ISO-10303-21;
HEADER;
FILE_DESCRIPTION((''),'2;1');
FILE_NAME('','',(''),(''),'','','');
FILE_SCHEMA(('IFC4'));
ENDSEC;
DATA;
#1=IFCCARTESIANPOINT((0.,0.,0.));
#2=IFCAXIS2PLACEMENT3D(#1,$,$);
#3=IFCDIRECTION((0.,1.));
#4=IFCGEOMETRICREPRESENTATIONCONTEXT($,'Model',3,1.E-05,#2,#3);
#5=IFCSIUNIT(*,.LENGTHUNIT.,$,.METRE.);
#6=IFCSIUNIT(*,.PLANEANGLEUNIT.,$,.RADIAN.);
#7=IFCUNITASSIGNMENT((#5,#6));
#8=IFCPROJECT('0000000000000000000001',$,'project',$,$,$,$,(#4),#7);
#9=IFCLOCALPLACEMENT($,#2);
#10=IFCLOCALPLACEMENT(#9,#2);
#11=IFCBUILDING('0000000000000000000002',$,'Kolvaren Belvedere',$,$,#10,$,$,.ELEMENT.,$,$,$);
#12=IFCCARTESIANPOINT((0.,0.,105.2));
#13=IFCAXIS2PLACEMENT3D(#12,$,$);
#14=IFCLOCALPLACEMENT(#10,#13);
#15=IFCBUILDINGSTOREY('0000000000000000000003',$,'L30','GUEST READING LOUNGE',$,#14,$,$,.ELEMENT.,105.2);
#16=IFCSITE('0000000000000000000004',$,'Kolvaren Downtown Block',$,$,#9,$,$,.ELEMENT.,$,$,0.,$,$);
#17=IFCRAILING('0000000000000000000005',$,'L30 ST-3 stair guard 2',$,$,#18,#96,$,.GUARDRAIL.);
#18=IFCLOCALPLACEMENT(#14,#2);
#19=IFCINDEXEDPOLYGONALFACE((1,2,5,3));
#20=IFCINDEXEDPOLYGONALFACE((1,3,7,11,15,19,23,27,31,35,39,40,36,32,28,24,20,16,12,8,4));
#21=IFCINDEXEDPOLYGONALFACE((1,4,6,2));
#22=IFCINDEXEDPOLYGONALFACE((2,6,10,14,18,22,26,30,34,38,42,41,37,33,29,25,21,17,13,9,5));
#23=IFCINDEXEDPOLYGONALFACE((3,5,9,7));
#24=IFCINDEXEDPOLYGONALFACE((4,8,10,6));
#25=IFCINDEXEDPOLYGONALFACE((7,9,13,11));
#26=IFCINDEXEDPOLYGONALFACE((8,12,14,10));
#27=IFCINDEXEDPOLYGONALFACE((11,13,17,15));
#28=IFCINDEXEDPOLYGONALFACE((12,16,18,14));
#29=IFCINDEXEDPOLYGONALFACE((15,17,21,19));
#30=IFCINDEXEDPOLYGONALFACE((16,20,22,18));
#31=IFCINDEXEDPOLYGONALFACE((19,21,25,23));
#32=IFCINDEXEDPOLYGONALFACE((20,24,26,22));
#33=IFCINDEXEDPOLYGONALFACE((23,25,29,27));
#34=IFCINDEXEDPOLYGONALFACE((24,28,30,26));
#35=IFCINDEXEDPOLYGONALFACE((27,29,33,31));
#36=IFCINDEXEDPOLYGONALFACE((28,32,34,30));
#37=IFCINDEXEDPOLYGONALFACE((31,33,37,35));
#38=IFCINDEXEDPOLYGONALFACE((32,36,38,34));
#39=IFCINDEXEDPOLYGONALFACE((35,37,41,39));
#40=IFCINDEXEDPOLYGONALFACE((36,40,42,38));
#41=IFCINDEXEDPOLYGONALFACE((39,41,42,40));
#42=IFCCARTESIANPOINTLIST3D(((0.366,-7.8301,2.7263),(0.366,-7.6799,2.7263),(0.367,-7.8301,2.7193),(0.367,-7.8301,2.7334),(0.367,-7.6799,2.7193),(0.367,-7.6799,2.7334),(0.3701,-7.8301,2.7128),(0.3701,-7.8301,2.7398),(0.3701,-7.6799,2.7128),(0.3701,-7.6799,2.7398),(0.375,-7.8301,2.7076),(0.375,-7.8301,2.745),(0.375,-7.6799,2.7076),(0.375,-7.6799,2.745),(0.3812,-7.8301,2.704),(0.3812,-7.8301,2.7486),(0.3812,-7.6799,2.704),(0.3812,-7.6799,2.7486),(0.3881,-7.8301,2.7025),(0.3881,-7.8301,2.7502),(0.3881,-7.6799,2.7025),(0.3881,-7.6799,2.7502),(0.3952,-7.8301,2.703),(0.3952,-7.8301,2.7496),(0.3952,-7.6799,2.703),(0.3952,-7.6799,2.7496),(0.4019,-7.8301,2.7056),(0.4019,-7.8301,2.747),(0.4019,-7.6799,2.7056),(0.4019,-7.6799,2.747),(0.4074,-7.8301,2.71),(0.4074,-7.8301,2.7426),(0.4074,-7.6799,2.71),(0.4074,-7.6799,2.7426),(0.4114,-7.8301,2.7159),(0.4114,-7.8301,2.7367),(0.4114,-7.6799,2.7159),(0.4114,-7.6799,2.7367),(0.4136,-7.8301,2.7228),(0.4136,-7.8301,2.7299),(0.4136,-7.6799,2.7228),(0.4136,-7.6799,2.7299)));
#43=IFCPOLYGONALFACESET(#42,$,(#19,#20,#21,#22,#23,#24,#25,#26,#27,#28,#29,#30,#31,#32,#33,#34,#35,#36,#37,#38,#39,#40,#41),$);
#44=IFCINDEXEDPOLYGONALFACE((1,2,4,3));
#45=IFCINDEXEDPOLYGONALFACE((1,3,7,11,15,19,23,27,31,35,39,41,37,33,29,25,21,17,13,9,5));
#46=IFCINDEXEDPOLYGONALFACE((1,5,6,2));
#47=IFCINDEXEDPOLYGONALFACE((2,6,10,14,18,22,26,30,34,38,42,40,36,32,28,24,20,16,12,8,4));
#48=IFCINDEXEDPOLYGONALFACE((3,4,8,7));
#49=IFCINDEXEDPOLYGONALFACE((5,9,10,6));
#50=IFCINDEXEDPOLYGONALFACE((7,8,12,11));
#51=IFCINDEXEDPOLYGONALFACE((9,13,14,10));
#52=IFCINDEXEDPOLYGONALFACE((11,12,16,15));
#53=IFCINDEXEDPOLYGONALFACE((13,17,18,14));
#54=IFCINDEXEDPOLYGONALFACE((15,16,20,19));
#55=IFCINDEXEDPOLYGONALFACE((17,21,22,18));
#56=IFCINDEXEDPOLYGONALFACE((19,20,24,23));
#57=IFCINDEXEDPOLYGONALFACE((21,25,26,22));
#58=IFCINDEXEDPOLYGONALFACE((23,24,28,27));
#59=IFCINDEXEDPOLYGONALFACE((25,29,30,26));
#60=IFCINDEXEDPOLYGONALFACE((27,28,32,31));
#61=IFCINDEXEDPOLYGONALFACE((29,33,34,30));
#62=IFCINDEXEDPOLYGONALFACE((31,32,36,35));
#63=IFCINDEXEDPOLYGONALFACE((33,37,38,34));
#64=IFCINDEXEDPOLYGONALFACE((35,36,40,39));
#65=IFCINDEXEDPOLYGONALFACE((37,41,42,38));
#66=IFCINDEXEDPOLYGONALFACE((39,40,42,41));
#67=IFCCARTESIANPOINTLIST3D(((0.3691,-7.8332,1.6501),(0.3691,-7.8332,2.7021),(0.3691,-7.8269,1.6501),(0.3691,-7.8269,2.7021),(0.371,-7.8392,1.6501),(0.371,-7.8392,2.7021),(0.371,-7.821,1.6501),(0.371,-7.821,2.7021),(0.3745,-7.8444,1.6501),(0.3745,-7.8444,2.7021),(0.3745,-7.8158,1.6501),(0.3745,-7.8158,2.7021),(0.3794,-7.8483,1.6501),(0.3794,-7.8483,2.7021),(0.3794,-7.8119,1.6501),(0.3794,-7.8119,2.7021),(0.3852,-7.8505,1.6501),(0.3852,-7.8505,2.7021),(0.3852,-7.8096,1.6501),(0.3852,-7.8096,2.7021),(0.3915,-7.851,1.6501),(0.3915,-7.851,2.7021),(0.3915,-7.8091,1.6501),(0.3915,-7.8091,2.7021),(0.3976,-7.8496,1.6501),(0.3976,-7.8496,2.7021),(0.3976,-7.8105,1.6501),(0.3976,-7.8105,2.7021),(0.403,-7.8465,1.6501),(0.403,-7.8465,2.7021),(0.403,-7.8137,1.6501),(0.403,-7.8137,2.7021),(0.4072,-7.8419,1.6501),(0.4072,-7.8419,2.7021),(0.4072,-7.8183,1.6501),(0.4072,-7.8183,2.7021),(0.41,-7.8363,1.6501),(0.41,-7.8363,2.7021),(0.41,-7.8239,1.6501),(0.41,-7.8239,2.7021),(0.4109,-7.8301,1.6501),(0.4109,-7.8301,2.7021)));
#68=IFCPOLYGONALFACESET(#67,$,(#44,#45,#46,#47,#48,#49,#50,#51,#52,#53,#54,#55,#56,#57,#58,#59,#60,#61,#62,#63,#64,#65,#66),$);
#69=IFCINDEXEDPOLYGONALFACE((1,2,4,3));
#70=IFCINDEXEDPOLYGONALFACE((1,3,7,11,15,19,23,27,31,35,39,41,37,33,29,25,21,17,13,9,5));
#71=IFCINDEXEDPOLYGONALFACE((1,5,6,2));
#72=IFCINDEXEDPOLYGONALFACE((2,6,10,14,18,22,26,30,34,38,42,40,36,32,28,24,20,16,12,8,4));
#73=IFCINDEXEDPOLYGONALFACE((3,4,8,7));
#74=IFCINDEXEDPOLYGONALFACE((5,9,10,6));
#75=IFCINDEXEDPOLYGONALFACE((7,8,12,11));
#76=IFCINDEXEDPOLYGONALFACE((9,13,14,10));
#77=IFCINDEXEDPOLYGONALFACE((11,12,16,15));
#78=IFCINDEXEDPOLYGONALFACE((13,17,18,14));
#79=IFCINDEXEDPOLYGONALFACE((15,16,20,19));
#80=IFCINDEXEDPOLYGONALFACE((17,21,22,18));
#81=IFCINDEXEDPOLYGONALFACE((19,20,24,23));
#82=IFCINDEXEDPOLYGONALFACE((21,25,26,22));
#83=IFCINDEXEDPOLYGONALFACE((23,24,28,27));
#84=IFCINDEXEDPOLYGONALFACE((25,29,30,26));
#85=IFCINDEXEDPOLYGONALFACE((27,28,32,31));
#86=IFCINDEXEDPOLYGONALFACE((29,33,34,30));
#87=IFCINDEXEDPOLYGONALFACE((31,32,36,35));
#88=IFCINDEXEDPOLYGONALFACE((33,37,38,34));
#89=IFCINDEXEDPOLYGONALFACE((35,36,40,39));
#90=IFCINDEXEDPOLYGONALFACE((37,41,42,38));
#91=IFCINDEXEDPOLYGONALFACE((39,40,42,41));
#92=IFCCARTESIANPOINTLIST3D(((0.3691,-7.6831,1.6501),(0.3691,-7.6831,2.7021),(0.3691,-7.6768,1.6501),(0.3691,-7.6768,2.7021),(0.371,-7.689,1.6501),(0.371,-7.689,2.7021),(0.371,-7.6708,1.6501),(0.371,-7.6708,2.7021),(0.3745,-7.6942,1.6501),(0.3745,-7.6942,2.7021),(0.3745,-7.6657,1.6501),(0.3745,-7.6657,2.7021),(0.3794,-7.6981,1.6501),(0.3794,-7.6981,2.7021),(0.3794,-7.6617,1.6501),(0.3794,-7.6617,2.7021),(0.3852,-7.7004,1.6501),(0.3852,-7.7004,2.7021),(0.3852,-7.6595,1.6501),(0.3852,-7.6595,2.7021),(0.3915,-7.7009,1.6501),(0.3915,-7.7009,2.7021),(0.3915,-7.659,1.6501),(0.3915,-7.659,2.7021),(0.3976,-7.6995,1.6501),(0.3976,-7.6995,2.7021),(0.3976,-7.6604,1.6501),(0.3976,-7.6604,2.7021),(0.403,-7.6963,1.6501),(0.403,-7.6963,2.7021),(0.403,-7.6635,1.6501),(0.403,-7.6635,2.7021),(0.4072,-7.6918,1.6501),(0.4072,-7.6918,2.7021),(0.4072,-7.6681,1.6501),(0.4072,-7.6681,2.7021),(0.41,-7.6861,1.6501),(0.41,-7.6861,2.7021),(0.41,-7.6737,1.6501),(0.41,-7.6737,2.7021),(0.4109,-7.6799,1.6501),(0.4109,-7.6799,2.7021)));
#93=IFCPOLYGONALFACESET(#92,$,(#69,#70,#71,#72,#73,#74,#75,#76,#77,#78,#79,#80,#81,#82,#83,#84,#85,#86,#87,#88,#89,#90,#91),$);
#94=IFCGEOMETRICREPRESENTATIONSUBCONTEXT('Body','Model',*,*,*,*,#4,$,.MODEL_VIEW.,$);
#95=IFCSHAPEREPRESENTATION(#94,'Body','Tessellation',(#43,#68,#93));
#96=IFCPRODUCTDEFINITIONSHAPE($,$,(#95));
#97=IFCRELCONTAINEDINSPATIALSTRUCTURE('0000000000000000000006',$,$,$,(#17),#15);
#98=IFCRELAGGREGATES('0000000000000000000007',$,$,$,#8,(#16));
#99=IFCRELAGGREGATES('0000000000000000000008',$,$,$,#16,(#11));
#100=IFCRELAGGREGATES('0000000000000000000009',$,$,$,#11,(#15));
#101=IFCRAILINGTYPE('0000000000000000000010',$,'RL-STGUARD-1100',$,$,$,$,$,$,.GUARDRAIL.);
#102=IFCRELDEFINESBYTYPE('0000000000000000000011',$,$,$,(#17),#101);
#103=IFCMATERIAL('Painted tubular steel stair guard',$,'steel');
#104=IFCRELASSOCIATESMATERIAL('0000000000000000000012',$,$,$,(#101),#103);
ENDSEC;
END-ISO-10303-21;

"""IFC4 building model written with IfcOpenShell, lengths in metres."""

from ifc_helpers import new_model, si_unit, direction, frame, origin, origin_2d, place, context, subcontext, project, spatial, circle, extrude, material, type_object, element, save


model = new_model("IFC4")

# Units and contexts
model_context = context("Model", 3, precision=1e-05, world=origin(), true_north=direction((0.0, 1.0)))
body_context = subcontext(model_context, "Body", "Model", "MODEL_VIEW")
ifc_project = project(units=[si_unit("LENGTHUNIT", "METRE"), si_unit("PLANEANGLEUNIT", "RADIAN")], contexts=[model_context])

# Site, building, storey
site_placement = place(None, origin())
site = spatial("IfcSite", under=ifc_project, at=site_placement, Name="Kolvaren Downtown Block", CompositionType="ELEMENT", RefElevation=0.0)
building_placement = place(site_placement, origin())
building = spatial("IfcBuilding", under=site, at=building_placement, Name="Kolvaren Belvedere", CompositionType="ELEMENT")
storey_placement = place(building_placement, frame((0.0, 0.0, 105.2)))
storey = spatial("IfcBuildingStorey", under=building, at=storey_placement, Name="L30", Description="GUEST READING LOUNGE", CompositionType="ELEMENT", Elevation=105.2)

# Railing
ifc_material_1 = material(Name="Painted tubular steel stair guard", Category="steel")
railing_type_1 = type_object("IfcRailingType", Name="RL-STGUARD-1100", PredefinedType="GUARDRAIL", material=ifc_material_1)
railing_1_placement = place(storey_placement, frame((0.3899, -7.8301, 1.6501)))
element("IfcRailing", 1, at=railing_1_placement, inside=storey, type_object=railing_type_1, Name="L30 ST-3 stair guard 2", PredefinedType="GUARDRAIL", context=body_context, shape_type="SweptSolid", body=[
    extrude(circle(Radius=0.0239, at=origin_2d()), frame((0.0, 0.0, 1.0762), z_axis=(0.0, 1.0, 0.0), x_axis=(-1.0, 0.0, 0.0)), (0.0, 0.0, 1.0), 0.1501),
    extrude(circle(Radius=0.021, at=origin_2d()), origin(), (0.0, 0.0, 1.0), 1.052),
    extrude(circle(Radius=0.021, at=origin_2d()), frame((0.0, 0.1501, 0.0)), (0.0, 0.0, 1.0), 1.052),
])

save(model, "model.ifc")
